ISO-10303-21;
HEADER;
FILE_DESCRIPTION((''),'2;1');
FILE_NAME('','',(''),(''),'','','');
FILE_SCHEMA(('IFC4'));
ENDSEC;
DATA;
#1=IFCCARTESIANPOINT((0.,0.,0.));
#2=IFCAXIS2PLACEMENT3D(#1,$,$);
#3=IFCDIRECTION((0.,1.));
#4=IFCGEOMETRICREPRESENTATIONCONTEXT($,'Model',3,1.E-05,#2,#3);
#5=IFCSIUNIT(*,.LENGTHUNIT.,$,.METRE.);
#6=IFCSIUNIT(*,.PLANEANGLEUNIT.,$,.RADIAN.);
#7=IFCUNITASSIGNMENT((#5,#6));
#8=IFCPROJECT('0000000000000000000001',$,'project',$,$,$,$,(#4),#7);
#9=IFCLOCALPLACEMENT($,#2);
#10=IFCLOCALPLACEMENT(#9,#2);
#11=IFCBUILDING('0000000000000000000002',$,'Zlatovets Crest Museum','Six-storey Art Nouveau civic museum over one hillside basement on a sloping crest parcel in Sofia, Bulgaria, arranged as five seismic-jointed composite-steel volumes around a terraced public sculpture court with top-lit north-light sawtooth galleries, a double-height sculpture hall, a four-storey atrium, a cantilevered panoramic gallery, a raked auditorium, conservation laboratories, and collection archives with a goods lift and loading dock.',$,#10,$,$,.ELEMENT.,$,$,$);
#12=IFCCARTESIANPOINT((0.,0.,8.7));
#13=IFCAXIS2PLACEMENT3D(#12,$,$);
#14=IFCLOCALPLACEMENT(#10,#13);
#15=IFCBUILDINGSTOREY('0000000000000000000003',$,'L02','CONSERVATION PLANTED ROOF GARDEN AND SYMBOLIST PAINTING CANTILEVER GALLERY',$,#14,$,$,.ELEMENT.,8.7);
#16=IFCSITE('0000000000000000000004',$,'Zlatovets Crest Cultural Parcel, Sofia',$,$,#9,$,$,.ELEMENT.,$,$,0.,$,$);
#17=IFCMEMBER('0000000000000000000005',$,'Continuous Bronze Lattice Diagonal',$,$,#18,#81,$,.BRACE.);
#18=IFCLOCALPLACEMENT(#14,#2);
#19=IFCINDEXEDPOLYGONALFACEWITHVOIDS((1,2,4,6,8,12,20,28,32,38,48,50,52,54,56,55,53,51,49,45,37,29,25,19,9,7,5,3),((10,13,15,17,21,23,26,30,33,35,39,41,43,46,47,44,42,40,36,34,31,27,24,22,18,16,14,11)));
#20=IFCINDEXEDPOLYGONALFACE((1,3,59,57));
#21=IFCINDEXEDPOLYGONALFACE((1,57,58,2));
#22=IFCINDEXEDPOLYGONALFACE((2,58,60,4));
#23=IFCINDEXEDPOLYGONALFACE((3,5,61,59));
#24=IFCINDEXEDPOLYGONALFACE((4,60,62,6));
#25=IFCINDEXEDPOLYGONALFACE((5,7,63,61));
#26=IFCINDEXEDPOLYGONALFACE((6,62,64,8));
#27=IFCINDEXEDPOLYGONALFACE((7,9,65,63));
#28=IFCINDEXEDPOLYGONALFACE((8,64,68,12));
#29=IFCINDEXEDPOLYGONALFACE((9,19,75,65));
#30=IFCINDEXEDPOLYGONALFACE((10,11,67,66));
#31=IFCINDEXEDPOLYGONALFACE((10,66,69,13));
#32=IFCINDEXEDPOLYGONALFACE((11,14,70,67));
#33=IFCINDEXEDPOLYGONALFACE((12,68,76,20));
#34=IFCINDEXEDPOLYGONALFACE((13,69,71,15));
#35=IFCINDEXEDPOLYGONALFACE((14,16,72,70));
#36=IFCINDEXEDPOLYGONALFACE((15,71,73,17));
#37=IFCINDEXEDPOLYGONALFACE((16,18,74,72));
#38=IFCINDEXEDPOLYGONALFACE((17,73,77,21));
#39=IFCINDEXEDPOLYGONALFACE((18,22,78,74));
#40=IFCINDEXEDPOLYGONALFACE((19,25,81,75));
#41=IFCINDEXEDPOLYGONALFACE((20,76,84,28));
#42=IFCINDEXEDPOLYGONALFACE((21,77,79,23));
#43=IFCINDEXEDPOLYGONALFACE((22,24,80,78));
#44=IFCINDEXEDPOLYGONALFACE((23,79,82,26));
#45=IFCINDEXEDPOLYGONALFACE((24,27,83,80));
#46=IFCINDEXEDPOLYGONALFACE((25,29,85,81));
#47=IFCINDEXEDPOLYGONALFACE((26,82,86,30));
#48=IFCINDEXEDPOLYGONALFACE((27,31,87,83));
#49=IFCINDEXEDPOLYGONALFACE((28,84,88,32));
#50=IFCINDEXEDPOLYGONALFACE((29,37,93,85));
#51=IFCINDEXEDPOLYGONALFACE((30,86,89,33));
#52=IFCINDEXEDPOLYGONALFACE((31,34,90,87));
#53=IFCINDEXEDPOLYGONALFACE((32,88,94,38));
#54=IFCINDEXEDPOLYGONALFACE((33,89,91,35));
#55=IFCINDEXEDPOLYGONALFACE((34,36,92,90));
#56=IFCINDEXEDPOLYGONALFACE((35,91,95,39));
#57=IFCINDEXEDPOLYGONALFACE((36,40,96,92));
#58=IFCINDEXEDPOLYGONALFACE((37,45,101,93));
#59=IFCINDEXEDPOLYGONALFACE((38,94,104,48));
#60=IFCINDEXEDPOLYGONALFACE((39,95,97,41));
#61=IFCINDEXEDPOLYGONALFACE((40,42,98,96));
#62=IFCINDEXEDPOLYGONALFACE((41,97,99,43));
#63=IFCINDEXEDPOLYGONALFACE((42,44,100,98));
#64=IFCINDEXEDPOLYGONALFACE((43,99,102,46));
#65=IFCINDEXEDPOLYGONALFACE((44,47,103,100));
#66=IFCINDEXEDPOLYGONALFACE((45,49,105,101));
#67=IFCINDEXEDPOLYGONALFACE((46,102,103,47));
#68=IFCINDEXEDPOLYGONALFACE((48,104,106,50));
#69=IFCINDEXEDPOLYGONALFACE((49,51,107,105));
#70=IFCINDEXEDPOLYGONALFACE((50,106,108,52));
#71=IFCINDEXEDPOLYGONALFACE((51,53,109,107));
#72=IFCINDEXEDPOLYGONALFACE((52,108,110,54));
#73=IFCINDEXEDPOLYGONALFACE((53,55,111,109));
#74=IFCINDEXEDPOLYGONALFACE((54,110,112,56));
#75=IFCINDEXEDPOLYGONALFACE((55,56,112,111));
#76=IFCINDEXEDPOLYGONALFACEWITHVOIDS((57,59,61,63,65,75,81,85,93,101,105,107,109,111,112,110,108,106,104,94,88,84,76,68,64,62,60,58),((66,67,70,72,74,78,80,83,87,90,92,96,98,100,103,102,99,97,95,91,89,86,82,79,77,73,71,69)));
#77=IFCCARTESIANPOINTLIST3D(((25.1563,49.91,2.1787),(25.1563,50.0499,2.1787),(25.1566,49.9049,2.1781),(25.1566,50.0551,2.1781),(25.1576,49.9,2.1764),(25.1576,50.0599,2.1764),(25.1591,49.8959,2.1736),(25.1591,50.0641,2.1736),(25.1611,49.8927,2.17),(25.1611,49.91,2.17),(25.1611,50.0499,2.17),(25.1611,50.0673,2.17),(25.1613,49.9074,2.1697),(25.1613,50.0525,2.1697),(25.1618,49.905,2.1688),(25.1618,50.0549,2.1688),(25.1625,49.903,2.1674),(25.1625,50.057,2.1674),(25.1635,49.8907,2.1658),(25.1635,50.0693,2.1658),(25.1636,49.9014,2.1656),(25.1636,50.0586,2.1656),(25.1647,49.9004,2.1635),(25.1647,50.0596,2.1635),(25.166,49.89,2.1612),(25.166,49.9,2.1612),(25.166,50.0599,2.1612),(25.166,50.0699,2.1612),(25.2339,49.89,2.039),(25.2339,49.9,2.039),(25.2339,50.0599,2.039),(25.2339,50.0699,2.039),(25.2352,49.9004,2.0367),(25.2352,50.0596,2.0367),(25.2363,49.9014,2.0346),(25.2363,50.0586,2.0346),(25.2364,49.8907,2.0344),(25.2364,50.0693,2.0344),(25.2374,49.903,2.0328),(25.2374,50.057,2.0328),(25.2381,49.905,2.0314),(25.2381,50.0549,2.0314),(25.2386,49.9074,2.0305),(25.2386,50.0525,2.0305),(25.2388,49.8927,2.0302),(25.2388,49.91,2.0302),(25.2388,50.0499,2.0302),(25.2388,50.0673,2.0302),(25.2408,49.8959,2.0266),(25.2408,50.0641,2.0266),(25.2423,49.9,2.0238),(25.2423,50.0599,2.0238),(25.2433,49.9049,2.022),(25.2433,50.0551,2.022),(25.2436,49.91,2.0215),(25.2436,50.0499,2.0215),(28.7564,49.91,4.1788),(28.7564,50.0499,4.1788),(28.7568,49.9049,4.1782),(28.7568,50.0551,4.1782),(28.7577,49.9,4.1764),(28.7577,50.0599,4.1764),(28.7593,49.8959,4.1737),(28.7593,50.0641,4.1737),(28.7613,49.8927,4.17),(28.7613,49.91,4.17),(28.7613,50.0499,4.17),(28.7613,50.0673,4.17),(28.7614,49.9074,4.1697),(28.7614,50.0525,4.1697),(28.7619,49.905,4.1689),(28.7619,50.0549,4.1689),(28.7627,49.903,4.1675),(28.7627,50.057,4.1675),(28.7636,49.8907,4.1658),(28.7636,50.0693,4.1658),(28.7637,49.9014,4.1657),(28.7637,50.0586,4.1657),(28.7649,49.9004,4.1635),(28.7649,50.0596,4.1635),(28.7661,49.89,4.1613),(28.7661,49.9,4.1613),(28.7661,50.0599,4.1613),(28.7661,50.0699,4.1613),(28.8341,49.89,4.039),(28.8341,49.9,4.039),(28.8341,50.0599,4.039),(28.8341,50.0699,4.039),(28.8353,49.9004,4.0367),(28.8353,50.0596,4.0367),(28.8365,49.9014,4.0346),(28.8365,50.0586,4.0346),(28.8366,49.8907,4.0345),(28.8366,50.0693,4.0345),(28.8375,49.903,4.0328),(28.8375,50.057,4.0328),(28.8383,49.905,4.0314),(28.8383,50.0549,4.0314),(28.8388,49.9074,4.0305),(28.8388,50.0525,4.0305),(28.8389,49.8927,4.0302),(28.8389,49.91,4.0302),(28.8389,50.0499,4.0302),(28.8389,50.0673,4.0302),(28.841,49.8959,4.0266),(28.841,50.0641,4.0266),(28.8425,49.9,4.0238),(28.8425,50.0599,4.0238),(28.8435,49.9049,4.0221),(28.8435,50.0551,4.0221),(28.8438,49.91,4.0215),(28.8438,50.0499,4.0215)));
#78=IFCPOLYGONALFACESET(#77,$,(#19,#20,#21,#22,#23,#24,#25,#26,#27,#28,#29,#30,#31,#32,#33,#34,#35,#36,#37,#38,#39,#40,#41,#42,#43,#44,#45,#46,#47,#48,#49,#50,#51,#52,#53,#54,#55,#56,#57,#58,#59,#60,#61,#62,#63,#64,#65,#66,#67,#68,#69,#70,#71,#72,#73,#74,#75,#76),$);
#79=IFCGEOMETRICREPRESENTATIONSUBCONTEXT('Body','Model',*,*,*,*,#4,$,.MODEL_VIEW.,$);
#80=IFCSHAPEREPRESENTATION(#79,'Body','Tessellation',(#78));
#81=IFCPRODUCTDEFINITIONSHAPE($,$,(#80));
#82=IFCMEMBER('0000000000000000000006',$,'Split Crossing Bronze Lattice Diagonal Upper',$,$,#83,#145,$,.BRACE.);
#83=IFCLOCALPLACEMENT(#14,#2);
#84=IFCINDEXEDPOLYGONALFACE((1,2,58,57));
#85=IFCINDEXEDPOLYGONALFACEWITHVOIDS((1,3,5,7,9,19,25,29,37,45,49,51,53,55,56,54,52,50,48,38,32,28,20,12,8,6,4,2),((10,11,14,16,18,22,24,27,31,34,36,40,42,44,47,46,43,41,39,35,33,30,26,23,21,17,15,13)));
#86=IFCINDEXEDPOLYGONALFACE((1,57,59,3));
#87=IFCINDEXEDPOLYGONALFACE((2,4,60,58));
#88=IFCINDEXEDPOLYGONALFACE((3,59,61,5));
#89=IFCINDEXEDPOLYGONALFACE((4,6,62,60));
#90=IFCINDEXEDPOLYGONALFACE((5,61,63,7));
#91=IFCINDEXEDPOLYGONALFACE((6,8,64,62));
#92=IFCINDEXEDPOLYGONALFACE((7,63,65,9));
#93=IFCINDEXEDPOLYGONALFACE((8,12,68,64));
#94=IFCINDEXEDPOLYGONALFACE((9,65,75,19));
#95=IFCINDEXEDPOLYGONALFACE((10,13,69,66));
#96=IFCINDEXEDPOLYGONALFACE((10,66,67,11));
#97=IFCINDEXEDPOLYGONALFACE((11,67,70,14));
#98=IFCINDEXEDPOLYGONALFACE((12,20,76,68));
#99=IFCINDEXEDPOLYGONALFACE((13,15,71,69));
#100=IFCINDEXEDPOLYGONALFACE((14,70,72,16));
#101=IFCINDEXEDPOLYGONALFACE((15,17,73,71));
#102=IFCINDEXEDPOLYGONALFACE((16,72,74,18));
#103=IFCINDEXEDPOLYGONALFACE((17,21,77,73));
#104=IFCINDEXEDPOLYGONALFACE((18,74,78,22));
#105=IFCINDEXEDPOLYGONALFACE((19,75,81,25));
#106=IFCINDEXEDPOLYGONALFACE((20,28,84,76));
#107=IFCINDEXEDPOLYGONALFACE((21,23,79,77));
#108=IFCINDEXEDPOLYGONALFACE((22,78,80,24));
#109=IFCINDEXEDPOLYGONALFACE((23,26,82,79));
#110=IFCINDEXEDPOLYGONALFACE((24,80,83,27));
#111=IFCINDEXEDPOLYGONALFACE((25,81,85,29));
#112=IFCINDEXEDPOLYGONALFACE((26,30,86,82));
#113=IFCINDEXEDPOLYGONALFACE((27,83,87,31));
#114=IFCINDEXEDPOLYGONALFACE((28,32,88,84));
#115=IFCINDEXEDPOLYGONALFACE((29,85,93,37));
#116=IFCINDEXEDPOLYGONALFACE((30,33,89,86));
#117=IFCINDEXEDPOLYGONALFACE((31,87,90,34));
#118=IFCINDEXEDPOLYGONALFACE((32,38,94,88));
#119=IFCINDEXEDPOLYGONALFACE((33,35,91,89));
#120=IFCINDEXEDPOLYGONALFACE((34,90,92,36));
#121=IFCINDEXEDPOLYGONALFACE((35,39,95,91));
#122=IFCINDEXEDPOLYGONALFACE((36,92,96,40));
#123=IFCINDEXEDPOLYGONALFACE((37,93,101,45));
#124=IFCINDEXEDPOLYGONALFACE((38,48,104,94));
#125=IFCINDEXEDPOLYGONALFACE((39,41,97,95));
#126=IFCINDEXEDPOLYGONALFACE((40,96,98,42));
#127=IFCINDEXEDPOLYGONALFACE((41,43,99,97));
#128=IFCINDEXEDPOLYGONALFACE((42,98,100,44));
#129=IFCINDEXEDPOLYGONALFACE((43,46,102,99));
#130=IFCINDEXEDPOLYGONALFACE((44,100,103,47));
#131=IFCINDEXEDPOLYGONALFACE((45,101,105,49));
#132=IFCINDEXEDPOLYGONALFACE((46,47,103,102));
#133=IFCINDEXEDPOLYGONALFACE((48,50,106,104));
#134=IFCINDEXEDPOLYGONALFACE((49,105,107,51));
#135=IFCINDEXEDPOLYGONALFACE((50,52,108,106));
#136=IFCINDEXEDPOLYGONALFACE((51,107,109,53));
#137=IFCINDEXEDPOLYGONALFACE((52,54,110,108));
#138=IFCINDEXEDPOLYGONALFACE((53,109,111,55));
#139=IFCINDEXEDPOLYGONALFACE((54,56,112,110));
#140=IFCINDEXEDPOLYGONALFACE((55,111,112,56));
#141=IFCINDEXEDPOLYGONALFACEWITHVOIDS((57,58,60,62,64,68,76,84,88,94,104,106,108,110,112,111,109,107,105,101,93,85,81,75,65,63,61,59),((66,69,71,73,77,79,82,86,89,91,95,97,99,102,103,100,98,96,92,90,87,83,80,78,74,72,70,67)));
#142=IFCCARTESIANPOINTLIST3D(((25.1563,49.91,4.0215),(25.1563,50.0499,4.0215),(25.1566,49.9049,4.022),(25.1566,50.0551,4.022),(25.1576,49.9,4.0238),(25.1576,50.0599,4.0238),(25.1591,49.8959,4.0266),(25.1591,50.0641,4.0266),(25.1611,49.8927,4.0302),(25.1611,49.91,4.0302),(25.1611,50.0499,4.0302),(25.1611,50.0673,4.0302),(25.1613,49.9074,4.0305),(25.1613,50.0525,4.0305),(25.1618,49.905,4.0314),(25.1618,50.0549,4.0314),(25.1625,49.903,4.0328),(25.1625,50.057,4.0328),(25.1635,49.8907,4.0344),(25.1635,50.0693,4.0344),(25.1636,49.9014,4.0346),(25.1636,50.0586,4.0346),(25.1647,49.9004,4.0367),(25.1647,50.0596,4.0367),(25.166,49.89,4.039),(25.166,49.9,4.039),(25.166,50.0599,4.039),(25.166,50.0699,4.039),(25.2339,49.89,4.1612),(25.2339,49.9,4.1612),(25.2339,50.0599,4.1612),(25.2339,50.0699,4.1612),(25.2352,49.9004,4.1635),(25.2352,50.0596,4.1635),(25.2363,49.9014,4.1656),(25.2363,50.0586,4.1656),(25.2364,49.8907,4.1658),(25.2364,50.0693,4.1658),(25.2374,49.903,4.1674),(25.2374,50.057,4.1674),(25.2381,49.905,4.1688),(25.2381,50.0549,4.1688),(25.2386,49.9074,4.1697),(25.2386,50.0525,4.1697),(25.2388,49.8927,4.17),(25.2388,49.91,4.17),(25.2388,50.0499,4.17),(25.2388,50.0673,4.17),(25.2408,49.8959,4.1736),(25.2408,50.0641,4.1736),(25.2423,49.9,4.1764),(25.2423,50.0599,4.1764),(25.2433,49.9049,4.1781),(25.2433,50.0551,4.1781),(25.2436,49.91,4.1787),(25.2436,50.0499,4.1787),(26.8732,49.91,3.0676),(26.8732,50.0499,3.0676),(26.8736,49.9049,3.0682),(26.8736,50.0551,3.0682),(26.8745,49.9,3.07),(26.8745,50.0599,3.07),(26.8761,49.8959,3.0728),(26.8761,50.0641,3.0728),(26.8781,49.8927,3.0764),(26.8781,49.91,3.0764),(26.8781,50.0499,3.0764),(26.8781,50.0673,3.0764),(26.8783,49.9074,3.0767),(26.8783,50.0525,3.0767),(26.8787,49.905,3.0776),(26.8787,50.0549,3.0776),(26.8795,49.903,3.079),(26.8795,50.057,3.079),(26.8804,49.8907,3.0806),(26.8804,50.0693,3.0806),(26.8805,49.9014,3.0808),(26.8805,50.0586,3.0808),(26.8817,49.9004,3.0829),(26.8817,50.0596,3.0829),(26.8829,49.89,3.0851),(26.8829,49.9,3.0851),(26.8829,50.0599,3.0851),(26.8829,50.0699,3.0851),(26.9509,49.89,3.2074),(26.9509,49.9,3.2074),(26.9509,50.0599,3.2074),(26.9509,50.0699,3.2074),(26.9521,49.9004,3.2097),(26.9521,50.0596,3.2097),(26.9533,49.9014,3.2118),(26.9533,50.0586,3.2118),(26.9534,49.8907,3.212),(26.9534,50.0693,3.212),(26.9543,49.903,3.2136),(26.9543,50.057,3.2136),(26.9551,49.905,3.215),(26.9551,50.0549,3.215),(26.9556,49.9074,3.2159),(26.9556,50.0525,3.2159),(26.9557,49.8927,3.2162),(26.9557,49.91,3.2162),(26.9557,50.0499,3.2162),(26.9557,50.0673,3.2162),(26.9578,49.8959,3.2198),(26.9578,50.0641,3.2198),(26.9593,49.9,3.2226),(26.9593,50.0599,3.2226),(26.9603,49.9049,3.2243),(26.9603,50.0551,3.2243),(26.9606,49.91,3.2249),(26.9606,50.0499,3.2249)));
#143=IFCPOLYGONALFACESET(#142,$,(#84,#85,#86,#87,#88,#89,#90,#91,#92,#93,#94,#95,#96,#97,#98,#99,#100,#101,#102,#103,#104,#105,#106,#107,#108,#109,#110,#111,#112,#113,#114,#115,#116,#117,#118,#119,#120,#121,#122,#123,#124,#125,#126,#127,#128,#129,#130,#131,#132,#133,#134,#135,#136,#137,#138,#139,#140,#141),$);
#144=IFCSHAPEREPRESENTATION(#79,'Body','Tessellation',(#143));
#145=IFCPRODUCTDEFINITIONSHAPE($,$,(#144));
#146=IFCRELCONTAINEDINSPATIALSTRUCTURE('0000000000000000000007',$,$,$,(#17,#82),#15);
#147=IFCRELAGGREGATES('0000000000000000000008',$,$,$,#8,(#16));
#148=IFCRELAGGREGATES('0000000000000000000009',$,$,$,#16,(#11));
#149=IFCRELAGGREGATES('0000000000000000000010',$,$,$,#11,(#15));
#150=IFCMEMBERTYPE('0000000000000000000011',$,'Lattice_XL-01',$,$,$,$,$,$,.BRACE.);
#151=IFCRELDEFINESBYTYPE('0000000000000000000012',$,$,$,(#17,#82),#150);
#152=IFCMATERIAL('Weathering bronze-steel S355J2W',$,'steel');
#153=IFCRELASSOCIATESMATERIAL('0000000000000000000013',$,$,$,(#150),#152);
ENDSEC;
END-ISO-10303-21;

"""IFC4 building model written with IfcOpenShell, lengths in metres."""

from ifc_helpers import new_model, si_unit, direction, frame, origin, origin_2d, place, context, subcontext, project, spatial, hollow_rectangle, extrude, material, material_profile, profile_set, type_object, element, save


model = new_model("IFC4")

# Units and contexts
model_context = context("Model", 3, precision=1e-05, world=origin(), true_north=direction((0.0, 1.0)))
body_context = subcontext(model_context, "Body", "Model", "MODEL_VIEW")
ifc_project = project(units=[si_unit("LENGTHUNIT", "METRE"), si_unit("PLANEANGLEUNIT", "RADIAN")], contexts=[model_context])

# Site, building, storey
site_placement = place(None, origin())
site = spatial("IfcSite", under=ifc_project, at=site_placement, Name="Zlatovets Crest Cultural Parcel, Sofia", CompositionType="ELEMENT", RefElevation=0.0)
building_placement = place(site_placement, origin())
building = spatial("IfcBuilding", under=site, at=building_placement, Name="Zlatovets Crest Museum", Description="Six-storey Art Nouveau civic museum over one hillside basement on a sloping crest parcel in Sofia, Bulgaria, arranged as five seismic-jointed composite-steel volumes around a terraced public sculpture court with top-lit north-light sawtooth galleries, a double-height sculpture hall, a four-storey atrium, a cantilevered panoramic gallery, a raked auditorium, conservation laboratories, and collection archives with a goods lift and loading dock.", CompositionType="ELEMENT")
storey_placement = place(building_placement, frame((0.0, 0.0, 8.7)))
storey = spatial("IfcBuildingStorey", under=building, at=storey_placement, Name="L02", Description="CONSERVATION PLANTED ROOF GARDEN AND SYMBOLIST PAINTING CANTILEVER GALLERY", CompositionType="ELEMENT", Elevation=8.7)

# Members
ifc_material_1 = material(Name="Weathering bronze-steel S355J2W", Category="steel")
ifc_material_profile_1 = material_profile(ifc_material_1, hollow_rectangle(XDim=0.1799, YDim=0.1799, WallThickness=0.01, InnerFilletRadius=0.01, OuterFilletRadius=0.02, at=origin_2d()), Name="SHS 180x180x10.0")
ifc_profile_set_1 = profile_set([ifc_material_profile_1], Name="Weathering bronze-steel S355J2W")
member_type_1 = type_object("IfcMemberType", Name="Lattice_XL-01", PredefinedType="BRACE", material=ifc_profile_set_1)
member_1_placement = place(storey_placement, frame((25.2, 49.98, 2.1001), z_axis=(0.874163, 0.0, 0.485633), x_axis=(0.0, 1.0, 0.0)))
element("IfcMember", 1, at=member_1_placement, inside=storey, type_object=member_type_1, Name="Continuous Bronze Lattice Diagonal", PredefinedType="BRACE", context=body_context, shape_type="SweptSolid", body=[
    extrude(hollow_rectangle(XDim=0.1799, YDim=0.1799, WallThickness=0.01, InnerFilletRadius=0.01, OuterFilletRadius=0.02, at=origin_2d()), origin(), (0.0, 0.0, 1.0), 4.1184),
])
for number, where, z_axis, x_axis, name in (
    (2, (25.2, 49.98, 4.1001), (0.874169, 0.0, -0.485622), (0.0, 1.0, 0.0), "Split Crossing Bronze Lattice Diagonal Upper"),
):
    element("IfcMember", number, at=place(storey_placement, frame(where, z_axis=z_axis, x_axis=x_axis)), inside=storey, type_object=member_type_1, Name=name, PredefinedType="BRACE", context=body_context, shape_type="SweptSolid", body=[
        extrude(hollow_rectangle(XDim=0.1799, YDim=0.1799, WallThickness=0.01, InnerFilletRadius=0.01, OuterFilletRadius=0.02, at=origin_2d()), origin(), (0.0, 0.0, 1.0), 1.9641),
    ])

save(model, "model.ifc")
